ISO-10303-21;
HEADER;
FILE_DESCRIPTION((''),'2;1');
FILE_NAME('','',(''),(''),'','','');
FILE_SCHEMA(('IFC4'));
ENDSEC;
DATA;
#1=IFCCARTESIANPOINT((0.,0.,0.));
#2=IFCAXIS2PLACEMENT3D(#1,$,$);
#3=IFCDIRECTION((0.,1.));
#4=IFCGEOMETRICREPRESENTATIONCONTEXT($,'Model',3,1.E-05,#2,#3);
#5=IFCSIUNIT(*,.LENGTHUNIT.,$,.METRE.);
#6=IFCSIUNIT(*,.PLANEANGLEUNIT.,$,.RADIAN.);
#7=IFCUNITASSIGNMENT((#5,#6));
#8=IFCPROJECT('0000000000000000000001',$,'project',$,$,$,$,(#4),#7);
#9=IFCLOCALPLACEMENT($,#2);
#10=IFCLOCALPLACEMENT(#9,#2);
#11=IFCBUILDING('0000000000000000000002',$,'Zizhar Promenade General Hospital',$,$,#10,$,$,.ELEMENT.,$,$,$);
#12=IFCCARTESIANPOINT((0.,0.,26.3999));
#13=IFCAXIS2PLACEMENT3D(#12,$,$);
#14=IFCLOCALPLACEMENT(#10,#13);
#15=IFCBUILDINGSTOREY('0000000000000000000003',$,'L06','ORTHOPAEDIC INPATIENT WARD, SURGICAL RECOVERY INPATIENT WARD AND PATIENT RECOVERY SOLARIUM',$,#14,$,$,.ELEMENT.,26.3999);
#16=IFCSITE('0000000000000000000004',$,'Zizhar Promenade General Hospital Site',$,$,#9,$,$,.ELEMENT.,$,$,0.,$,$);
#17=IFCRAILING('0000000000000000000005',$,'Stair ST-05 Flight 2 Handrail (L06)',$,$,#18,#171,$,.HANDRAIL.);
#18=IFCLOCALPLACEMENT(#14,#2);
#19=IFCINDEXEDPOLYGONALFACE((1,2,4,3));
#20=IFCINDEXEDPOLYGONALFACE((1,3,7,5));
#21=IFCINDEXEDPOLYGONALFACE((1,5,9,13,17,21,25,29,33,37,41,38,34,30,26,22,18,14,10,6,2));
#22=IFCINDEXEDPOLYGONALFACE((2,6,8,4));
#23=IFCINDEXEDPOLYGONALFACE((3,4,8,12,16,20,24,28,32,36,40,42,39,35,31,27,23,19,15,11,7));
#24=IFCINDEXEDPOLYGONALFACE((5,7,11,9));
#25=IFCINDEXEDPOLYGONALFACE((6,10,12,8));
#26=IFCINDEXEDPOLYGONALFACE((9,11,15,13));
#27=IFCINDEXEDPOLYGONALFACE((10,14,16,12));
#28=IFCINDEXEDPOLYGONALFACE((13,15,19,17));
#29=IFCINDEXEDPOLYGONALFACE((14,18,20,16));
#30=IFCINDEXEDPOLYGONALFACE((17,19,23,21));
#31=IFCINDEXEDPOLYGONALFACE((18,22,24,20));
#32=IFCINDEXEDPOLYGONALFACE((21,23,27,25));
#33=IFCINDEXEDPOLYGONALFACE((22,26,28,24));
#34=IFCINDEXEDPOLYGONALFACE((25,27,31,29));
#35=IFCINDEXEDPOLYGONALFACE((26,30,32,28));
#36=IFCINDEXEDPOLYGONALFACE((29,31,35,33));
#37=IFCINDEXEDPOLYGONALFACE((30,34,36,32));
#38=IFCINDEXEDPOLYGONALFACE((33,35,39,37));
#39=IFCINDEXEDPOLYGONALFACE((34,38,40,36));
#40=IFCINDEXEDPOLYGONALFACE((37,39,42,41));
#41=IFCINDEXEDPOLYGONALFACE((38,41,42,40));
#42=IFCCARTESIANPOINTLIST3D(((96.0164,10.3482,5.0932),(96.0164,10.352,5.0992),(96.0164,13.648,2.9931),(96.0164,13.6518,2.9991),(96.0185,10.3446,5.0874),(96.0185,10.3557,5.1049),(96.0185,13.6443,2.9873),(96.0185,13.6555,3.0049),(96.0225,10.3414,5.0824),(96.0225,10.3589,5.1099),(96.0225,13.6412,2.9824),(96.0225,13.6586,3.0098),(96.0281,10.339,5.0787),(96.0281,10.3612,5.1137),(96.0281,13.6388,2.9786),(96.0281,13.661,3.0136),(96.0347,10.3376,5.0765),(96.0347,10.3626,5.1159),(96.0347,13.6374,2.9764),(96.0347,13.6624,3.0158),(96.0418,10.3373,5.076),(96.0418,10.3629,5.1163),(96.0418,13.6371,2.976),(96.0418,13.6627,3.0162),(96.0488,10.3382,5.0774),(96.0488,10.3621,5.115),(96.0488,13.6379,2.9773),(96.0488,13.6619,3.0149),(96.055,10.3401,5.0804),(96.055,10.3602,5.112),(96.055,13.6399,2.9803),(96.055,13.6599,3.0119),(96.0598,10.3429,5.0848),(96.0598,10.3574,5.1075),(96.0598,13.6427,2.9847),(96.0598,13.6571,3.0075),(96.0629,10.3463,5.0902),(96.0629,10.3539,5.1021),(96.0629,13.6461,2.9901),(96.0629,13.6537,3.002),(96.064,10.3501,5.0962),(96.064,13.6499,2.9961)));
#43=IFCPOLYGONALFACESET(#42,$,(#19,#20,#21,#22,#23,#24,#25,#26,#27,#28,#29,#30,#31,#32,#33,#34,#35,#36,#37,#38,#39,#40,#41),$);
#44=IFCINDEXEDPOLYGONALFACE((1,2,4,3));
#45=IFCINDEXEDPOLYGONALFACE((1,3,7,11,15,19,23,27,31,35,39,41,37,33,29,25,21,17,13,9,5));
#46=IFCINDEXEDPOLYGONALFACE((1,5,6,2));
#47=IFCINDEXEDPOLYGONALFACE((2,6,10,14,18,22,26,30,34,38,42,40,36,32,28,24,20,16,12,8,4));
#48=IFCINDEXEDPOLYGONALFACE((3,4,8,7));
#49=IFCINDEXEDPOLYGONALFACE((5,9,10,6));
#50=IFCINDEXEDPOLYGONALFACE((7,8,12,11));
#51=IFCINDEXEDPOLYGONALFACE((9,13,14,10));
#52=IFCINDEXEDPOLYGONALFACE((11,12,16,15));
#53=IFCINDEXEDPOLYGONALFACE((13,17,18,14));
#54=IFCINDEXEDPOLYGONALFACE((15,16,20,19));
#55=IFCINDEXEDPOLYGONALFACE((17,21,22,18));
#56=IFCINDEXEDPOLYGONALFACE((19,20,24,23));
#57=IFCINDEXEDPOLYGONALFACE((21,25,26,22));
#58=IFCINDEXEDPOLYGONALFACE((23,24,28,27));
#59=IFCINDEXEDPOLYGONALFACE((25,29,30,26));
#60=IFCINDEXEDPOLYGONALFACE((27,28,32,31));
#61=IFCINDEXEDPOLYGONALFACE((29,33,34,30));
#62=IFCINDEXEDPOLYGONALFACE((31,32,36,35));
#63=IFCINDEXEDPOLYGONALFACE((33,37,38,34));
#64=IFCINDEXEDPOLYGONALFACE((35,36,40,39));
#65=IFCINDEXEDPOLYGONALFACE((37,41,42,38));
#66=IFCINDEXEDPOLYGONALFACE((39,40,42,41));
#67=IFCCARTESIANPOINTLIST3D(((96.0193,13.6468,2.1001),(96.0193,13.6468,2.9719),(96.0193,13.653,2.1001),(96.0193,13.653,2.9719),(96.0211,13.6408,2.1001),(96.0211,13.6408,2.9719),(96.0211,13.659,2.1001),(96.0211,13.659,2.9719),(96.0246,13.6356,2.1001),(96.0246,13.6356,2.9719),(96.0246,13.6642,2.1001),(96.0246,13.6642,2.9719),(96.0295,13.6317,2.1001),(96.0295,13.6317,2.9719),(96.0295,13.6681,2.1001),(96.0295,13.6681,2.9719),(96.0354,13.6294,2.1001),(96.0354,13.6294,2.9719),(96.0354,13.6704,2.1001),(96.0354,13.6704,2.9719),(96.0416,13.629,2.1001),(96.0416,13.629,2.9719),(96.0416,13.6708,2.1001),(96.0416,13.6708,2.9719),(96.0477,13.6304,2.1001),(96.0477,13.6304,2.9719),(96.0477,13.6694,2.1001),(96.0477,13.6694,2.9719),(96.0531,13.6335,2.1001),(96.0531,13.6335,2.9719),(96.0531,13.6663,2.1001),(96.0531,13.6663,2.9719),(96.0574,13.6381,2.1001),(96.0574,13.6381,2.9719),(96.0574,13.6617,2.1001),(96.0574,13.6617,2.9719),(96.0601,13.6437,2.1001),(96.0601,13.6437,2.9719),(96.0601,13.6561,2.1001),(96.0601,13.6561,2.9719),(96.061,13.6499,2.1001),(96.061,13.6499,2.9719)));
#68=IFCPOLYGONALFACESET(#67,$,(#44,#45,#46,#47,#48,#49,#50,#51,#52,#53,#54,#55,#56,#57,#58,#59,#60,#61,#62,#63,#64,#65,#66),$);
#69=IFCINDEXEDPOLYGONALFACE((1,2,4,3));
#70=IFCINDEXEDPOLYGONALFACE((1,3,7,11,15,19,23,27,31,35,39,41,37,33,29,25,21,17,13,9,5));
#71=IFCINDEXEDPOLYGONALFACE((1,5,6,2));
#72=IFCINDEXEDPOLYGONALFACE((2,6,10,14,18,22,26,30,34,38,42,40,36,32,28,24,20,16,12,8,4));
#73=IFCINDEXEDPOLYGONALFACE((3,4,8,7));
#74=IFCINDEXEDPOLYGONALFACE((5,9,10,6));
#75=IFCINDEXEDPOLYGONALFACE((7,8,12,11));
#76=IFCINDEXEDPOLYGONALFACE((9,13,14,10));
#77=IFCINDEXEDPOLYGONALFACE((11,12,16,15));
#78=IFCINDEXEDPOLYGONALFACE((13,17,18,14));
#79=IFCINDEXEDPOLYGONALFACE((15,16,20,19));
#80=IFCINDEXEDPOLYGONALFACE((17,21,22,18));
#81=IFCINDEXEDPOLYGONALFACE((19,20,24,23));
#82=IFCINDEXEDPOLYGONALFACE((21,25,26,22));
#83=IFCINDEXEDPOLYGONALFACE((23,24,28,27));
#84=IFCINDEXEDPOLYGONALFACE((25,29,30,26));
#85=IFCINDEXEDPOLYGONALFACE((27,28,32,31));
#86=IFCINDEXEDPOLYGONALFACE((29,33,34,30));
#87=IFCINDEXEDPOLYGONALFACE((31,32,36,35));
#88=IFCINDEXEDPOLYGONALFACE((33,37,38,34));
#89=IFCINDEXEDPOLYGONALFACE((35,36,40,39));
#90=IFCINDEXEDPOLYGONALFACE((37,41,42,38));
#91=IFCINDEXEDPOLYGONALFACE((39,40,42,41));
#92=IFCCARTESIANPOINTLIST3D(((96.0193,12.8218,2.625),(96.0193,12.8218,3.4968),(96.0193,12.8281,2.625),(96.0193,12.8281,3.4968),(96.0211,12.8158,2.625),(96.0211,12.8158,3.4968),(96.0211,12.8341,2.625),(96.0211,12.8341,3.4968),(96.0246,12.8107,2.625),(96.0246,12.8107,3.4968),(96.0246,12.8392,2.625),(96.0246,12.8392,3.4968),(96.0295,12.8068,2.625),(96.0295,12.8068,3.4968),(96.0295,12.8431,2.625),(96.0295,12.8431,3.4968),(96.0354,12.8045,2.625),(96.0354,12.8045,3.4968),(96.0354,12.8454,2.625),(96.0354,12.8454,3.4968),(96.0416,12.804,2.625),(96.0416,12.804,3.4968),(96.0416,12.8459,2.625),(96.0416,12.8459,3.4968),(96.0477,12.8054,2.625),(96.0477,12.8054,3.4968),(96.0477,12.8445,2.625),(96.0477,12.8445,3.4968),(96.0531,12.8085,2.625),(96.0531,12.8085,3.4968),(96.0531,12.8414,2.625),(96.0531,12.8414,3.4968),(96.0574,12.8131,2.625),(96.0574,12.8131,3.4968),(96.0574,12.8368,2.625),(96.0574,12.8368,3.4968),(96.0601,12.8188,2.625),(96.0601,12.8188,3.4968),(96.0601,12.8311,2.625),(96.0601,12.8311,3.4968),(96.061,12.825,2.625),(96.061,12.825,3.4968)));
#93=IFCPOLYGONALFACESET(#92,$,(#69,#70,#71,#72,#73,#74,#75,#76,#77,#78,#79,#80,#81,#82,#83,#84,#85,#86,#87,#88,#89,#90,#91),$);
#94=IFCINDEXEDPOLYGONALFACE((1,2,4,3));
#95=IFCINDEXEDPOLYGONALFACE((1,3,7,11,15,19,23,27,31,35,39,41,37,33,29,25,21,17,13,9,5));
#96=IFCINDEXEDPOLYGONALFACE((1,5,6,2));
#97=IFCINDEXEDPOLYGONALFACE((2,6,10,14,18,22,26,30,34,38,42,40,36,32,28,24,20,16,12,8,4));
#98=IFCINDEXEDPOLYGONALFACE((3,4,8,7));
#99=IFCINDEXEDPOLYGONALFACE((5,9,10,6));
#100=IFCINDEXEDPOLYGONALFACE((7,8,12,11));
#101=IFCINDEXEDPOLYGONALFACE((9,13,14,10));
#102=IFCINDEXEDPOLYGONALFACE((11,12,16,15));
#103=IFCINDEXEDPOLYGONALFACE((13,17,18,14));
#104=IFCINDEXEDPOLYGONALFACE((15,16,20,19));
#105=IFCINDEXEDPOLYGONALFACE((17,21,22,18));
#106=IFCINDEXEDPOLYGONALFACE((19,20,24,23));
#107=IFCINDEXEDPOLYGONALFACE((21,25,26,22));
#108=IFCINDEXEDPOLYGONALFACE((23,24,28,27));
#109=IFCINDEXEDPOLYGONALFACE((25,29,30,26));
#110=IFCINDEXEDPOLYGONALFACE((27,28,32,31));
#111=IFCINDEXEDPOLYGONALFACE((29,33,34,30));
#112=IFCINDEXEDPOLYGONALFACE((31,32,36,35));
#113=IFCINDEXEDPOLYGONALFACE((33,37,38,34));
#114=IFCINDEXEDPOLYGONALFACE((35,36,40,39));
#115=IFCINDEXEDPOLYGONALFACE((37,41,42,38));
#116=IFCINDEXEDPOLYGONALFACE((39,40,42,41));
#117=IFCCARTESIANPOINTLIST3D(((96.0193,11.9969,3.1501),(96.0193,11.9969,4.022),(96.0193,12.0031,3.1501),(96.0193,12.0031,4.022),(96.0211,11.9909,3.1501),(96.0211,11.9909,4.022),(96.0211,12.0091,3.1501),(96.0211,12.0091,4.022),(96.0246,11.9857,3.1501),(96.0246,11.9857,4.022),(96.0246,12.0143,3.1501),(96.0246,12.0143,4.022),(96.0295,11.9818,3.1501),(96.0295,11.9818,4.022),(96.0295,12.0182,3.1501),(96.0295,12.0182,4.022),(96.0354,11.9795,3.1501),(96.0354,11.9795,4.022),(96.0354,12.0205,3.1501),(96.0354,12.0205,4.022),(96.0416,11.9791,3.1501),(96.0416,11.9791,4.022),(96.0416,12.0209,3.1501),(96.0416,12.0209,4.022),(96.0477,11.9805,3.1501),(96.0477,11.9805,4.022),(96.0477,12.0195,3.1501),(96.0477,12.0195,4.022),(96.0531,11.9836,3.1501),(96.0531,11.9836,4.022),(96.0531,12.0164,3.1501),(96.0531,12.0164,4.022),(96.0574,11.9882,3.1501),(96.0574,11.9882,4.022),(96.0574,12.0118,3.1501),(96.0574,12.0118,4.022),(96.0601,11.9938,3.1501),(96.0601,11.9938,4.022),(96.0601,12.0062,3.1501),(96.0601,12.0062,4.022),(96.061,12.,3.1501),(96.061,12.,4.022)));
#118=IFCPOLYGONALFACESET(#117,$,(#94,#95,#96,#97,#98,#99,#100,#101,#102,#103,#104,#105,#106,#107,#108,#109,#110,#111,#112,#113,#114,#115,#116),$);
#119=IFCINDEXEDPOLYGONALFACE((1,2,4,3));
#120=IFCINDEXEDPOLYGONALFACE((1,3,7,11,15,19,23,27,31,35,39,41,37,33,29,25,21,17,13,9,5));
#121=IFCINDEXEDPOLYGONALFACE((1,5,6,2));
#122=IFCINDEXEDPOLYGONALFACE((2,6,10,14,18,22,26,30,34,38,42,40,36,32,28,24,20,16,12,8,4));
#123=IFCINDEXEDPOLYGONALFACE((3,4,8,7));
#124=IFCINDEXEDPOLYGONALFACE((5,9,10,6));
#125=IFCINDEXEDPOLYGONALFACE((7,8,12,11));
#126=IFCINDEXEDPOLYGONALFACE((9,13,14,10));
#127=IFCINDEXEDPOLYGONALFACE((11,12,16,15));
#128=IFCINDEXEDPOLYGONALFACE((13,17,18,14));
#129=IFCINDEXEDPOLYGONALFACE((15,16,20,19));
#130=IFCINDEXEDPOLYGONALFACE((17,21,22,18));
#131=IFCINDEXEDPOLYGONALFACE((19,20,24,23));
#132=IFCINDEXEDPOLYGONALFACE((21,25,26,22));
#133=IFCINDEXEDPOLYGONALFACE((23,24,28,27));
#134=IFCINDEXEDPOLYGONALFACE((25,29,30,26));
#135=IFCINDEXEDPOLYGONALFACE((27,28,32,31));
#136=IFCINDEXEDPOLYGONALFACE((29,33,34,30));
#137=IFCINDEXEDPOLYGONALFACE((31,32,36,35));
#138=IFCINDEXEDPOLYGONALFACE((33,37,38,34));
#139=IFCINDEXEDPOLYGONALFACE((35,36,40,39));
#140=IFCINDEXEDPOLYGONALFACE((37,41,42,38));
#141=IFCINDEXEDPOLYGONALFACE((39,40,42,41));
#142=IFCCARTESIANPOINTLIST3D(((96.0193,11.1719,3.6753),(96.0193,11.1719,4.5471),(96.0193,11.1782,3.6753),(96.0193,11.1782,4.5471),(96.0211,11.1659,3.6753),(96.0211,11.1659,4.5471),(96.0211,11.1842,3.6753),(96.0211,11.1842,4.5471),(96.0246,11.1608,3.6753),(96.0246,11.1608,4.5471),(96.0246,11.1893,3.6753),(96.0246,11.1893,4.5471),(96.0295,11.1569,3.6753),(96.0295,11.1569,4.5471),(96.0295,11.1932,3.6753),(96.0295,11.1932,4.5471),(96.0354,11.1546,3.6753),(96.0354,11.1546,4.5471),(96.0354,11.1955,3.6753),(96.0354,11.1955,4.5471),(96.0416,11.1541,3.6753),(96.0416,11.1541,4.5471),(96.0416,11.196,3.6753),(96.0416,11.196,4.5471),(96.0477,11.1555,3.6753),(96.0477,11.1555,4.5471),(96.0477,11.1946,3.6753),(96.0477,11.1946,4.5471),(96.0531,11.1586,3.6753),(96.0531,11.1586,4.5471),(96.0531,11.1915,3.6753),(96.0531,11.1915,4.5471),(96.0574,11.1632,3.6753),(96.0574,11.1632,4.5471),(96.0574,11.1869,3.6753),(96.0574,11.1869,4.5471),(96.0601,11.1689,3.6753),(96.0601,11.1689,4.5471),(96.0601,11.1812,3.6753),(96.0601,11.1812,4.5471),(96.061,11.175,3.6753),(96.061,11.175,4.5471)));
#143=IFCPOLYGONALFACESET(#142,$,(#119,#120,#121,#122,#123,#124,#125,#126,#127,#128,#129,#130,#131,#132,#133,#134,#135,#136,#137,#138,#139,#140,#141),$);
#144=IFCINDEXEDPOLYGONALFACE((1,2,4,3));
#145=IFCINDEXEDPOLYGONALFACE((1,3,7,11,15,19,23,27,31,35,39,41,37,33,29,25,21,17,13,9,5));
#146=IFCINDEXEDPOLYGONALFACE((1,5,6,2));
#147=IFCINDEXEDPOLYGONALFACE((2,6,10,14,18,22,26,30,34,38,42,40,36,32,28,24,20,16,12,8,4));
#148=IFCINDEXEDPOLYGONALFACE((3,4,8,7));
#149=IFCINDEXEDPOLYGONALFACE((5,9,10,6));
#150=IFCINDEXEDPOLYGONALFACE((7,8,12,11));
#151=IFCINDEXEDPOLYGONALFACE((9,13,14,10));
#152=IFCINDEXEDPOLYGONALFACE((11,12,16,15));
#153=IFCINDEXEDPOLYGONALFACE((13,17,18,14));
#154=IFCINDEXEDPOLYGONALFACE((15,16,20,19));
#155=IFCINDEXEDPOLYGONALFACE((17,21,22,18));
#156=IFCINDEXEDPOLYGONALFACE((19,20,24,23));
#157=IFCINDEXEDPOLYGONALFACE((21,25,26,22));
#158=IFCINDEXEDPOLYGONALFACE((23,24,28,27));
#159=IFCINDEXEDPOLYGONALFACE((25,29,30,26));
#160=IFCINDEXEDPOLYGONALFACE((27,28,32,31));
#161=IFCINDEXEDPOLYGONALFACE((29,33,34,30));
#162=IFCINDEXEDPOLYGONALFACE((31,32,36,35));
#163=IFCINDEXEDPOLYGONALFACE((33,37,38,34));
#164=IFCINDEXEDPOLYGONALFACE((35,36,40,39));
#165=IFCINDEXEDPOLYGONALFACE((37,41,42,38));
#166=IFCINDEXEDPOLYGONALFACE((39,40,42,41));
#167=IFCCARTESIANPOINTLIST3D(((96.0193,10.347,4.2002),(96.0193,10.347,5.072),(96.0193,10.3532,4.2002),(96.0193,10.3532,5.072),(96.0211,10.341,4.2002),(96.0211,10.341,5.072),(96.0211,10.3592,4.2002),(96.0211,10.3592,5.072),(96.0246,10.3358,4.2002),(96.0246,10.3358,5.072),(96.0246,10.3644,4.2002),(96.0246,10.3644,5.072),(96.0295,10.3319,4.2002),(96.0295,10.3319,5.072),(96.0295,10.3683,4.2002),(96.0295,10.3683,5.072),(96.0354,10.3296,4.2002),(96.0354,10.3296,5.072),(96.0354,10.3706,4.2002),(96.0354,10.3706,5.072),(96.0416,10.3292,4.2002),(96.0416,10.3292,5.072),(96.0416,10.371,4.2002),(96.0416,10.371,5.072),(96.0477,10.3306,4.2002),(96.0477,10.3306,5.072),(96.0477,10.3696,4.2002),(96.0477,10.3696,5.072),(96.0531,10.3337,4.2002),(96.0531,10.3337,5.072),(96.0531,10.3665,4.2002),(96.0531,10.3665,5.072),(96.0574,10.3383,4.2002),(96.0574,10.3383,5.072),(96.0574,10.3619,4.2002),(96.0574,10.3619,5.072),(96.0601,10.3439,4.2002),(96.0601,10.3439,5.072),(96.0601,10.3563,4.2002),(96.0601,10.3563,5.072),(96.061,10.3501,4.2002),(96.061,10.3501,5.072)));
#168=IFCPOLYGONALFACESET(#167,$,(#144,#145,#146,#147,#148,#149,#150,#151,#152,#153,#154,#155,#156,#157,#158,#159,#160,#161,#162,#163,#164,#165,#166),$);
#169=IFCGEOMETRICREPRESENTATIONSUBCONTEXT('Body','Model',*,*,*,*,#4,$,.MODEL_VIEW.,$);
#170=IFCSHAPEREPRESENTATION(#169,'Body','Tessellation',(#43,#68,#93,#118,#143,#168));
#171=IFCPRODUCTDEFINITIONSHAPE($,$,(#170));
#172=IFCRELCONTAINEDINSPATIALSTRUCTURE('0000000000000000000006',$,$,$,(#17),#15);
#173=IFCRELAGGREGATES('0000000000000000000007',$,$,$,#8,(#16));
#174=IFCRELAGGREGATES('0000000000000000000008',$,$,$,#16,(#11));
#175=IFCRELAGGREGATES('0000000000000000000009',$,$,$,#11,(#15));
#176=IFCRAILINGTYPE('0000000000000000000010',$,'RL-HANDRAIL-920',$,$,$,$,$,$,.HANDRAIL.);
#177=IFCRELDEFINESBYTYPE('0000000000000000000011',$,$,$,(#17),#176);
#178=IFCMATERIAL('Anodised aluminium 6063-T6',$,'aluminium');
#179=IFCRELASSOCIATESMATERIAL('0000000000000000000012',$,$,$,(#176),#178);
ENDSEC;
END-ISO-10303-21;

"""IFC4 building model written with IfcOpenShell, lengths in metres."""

from ifc_helpers import new_model, si_unit, direction, frame, origin, origin_2d, place, context, subcontext, project, spatial, circle, hollow_circle, extrude, material, material_profile, profile_set, type_object, element, save


model = new_model("IFC4")

# Units and contexts
model_context = context("Model", 3, precision=1e-05, world=origin(), true_north=direction((0.0, 1.0)))
body_context = subcontext(model_context, "Body", "Model", "MODEL_VIEW")
ifc_project = project(units=[si_unit("LENGTHUNIT", "METRE"), si_unit("PLANEANGLEUNIT", "RADIAN")], contexts=[model_context])

# Site, building, storey
site_placement = place(None, origin())
site = spatial("IfcSite", under=ifc_project, at=site_placement, Name="Zizhar Promenade General Hospital Site", CompositionType="ELEMENT", RefElevation=0.0)
building_placement = place(site_placement, origin())
building = spatial("IfcBuilding", under=site, at=building_placement, Name="Zizhar Promenade General Hospital", CompositionType="ELEMENT")
storey_placement = place(building_placement, frame((0.0, 0.0, 26.3999)))
storey = spatial("IfcBuildingStorey", under=building, at=storey_placement, Name="L06", Description="ORTHOPAEDIC INPATIENT WARD, SURGICAL RECOVERY INPATIENT WARD AND PATIENT RECOVERY SOLARIUM", CompositionType="ELEMENT", Elevation=26.3999)

# Railing
ifc_material_1 = material(Name="Anodised aluminium 6063-T6", Category="aluminium")
ifc_material_profile_1 = material_profile(ifc_material_1, hollow_circle(Radius=0.0698, WallThickness=0.0063, at=origin_2d()))
ifc_profile_set_1 = profile_set([ifc_material_profile_1], Name="Anodised aluminium 6063-T6")
railing_type = type_object("IfcRailingType", Name="RL-HANDRAIL-920", PredefinedType="HANDRAIL", material=ifc_profile_set_1)
railing_placement = place(storey_placement, frame((96.04, 13.6499, 2.1001)))
element("IfcRailing", 1, at=railing_placement, inside=storey, type_object=railing_type, Name="Stair ST-05 Flight 2 Handrail (L06)", PredefinedType="HANDRAIL", context=body_context, shape_type="SweptSolid", body=[
    extrude(circle(Radius=0.0239, at=origin_2d()), frame((0.0, 0.0, 0.896), z_axis=(0.0, -0.843636, 0.536916), x_axis=(1.0, 0.0, 0.0)), (0.0, 0.0, 1.0), 3.9114),
    extrude(circle(Radius=0.021, at=origin_2d()), origin(), (0.0, 0.0, 1.0), 0.8718),
    extrude(circle(Radius=0.021, at=origin_2d()), frame((0.0, -0.825, 0.5249)), (0.0, 0.0, 1.0), 0.8718),
    extrude(circle(Radius=0.021, at=origin_2d()), frame((0.0, -1.6499, 1.05)), (0.0, 0.0, 1.0), 0.8718),
    extrude(circle(Radius=0.021, at=origin_2d()), frame((0.0, -2.4749, 1.5752)), (0.0, 0.0, 1.0), 0.8718),
    extrude(circle(Radius=0.021, at=origin_2d()), frame((0.0, -3.2998, 2.1001)), (0.0, 0.0, 1.0), 0.8718),
])

save(model, "model.ifc")
